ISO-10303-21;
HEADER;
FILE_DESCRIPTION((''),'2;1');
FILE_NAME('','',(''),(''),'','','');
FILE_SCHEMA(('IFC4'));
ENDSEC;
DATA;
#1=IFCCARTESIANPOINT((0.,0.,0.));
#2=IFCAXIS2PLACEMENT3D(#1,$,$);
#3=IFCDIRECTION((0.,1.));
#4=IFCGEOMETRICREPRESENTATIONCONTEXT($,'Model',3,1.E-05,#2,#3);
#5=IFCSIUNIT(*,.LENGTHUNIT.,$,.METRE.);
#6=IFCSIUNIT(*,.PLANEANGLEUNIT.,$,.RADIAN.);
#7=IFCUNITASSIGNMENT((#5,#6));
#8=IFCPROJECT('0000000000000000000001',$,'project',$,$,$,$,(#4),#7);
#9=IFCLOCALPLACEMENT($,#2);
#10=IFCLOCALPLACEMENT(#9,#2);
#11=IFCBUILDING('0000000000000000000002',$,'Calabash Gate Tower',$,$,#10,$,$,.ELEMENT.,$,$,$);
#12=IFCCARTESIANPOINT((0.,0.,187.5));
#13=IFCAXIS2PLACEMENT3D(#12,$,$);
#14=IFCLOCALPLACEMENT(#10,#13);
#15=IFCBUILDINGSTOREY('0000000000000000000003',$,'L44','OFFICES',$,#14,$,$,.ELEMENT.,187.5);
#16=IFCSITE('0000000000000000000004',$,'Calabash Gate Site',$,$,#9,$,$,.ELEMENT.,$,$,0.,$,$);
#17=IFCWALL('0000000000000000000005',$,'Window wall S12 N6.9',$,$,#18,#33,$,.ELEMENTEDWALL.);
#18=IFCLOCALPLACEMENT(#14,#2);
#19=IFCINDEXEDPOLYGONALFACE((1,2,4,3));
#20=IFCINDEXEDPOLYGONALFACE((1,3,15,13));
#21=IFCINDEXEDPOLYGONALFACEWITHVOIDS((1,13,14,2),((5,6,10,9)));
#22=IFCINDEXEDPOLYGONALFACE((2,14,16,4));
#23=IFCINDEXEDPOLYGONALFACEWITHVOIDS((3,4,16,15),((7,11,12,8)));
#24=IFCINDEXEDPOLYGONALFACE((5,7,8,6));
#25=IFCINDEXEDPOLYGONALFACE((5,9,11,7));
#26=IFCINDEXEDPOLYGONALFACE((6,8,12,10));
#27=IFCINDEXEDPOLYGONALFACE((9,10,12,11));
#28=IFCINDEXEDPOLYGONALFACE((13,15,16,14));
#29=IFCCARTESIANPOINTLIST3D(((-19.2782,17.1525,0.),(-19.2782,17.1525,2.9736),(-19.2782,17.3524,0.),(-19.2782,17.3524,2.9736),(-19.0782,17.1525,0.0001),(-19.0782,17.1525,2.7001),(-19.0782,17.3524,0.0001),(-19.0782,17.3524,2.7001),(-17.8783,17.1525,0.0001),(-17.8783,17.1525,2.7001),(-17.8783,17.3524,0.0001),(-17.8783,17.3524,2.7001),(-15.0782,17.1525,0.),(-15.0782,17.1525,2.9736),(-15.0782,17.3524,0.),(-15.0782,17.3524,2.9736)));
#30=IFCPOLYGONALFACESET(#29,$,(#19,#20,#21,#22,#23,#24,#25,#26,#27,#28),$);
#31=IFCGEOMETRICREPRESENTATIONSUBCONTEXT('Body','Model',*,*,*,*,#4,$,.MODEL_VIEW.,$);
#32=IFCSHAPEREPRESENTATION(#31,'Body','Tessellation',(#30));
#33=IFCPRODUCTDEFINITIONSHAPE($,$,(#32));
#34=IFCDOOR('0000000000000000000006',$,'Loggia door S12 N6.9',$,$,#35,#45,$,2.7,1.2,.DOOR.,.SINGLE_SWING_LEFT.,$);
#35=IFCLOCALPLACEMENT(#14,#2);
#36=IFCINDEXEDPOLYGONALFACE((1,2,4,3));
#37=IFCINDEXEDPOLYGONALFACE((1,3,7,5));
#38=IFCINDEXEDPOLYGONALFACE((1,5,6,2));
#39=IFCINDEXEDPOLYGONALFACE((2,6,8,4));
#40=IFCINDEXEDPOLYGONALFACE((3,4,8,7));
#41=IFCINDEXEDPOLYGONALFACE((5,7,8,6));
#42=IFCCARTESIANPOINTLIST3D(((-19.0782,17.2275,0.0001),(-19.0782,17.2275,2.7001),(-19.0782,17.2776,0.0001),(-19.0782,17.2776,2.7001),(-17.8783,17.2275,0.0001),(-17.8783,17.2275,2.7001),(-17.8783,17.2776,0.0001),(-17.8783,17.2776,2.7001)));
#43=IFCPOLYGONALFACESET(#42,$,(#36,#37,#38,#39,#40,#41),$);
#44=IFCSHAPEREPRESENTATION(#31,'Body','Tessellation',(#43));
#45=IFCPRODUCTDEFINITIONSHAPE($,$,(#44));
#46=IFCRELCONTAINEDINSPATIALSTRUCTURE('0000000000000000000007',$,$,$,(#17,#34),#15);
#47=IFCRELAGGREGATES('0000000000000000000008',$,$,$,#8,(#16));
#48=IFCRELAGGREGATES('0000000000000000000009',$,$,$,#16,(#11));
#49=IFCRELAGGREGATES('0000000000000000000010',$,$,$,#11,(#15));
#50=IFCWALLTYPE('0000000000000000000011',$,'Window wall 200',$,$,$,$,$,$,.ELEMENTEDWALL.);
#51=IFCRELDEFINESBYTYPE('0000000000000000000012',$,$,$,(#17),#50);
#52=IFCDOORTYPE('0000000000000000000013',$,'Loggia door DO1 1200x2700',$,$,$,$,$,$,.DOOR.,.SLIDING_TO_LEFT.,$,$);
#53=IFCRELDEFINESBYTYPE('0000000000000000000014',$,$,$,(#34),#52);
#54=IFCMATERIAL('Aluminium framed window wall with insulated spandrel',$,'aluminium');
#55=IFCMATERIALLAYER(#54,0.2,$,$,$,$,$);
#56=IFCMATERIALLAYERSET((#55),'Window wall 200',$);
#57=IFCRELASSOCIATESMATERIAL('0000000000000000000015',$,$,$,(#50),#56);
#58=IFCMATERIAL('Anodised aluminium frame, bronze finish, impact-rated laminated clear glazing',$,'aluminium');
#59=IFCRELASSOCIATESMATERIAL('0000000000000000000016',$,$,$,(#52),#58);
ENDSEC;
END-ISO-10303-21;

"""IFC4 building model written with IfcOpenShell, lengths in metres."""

from ifc_helpers import new_model, si_unit, direction, frame, frame_2d, origin, place, context, subcontext, project, spatial, rectangle, extrude, material, layer, layer_set, type_object, element, fill, save


model = new_model("IFC4")

# Units and contexts
model_context = context("Model", 3, precision=1e-05, world=origin(), true_north=direction((0.0, 1.0)))
body_context = subcontext(model_context, "Body", "Model", "MODEL_VIEW")
ifc_project = project(units=[si_unit("LENGTHUNIT", "METRE"), si_unit("PLANEANGLEUNIT", "RADIAN")], contexts=[model_context])

# Site, building, storey
site_placement = place(None, origin())
site = spatial("IfcSite", under=ifc_project, at=site_placement, Name="Calabash Gate Site", CompositionType="ELEMENT", RefElevation=0.0)
building_placement = place(site_placement, origin())
building = spatial("IfcBuilding", under=site, at=building_placement, Name="Calabash Gate Tower", CompositionType="ELEMENT")
storey_placement = place(building_placement, frame((0.0, 0.0, 187.5)))
storey = spatial("IfcBuildingStorey", under=building, at=storey_placement, Name="L44", Description="OFFICES", CompositionType="ELEMENT", Elevation=187.5)

# Wall, opening, door
ifc_material_1 = material(Name="Aluminium framed window wall with insulated spandrel", Category="aluminium")
ifc_layer_1 = layer(ifc_material_1, 0.2)
ifc_layer_set_1 = layer_set([ifc_layer_1], Name="Window wall 200")
wall_type_1 = type_object("IfcWallType", Name="Window wall 200", PredefinedType="ELEMENTEDWALL", material=ifc_layer_set_1)
wall_1_placement = place(storey_placement, frame((-15.0781, 17.2524, 0.0), z_axis=(0.0, 0.0, 1.0), x_axis=(-1.0, 0.0, 0.0)))
wall_1 = element("IfcWall", 1, at=wall_1_placement, inside=storey, type_object=wall_type_1, Name="Window wall S12 N6.9", PredefinedType="ELEMENTEDWALL", context=body_context, shape_type="SweptSolid", body=[
    extrude(rectangle(XDim=4.2, YDim=0.2, at=frame_2d((2.1001, 0.0))), origin(), (0.0, 0.0, 1.0), 2.9736),
])
opening_1_placement = place(wall_1_placement, frame((2.8, 0.0, 0.0)))
opening_1 = element("IfcOpeningElement", 2, at=opening_1_placement, cuts=wall_1, PredefinedType="OPENING", context=body_context, shape_type="SweptSolid", body=[
    extrude(rectangle(XDim=1.2, YDim=2.7, at=frame_2d((0.6001, 1.3501))), frame((0.0, 0.1099, 0.0), z_axis=(0.0, -1.0, 0.0), x_axis=(1.0, 0.0, 0.0)), (0.0, 0.0, 1.0), 0.22),
])
ifc_material_2 = material(Name="Anodised aluminium frame, bronze finish, impact-rated laminated clear glazing", Category="aluminium")
door_type_1 = type_object("IfcDoorType", Name="Loggia door DO1 1200x2700", OperationType="SLIDING_TO_LEFT", PredefinedType="DOOR", material=ifc_material_2)
door_1_placement = place(opening_1_placement, origin())
door_1 = element("IfcDoor", 3, at=door_1_placement, inside=storey, type_object=door_type_1, Name="Loggia door S12 N6.9", OperationType="SINGLE_SWING_LEFT", OverallHeight=2.7, OverallWidth=1.2, PredefinedType="DOOR", context=body_context, shape_type="SweptSolid", body=[
    extrude(rectangle(XDim=1.2, YDim=2.7, at=frame_2d((0.6001, 1.3501))), frame((0.0, 0.0249, 0.0), z_axis=(0.0, -1.0, 0.0), x_axis=(1.0, 0.0, 0.0)), (0.0, 0.0, 1.0), 0.05),
])
fill(opening_1, door_1)

save(model, "model.ifc")
